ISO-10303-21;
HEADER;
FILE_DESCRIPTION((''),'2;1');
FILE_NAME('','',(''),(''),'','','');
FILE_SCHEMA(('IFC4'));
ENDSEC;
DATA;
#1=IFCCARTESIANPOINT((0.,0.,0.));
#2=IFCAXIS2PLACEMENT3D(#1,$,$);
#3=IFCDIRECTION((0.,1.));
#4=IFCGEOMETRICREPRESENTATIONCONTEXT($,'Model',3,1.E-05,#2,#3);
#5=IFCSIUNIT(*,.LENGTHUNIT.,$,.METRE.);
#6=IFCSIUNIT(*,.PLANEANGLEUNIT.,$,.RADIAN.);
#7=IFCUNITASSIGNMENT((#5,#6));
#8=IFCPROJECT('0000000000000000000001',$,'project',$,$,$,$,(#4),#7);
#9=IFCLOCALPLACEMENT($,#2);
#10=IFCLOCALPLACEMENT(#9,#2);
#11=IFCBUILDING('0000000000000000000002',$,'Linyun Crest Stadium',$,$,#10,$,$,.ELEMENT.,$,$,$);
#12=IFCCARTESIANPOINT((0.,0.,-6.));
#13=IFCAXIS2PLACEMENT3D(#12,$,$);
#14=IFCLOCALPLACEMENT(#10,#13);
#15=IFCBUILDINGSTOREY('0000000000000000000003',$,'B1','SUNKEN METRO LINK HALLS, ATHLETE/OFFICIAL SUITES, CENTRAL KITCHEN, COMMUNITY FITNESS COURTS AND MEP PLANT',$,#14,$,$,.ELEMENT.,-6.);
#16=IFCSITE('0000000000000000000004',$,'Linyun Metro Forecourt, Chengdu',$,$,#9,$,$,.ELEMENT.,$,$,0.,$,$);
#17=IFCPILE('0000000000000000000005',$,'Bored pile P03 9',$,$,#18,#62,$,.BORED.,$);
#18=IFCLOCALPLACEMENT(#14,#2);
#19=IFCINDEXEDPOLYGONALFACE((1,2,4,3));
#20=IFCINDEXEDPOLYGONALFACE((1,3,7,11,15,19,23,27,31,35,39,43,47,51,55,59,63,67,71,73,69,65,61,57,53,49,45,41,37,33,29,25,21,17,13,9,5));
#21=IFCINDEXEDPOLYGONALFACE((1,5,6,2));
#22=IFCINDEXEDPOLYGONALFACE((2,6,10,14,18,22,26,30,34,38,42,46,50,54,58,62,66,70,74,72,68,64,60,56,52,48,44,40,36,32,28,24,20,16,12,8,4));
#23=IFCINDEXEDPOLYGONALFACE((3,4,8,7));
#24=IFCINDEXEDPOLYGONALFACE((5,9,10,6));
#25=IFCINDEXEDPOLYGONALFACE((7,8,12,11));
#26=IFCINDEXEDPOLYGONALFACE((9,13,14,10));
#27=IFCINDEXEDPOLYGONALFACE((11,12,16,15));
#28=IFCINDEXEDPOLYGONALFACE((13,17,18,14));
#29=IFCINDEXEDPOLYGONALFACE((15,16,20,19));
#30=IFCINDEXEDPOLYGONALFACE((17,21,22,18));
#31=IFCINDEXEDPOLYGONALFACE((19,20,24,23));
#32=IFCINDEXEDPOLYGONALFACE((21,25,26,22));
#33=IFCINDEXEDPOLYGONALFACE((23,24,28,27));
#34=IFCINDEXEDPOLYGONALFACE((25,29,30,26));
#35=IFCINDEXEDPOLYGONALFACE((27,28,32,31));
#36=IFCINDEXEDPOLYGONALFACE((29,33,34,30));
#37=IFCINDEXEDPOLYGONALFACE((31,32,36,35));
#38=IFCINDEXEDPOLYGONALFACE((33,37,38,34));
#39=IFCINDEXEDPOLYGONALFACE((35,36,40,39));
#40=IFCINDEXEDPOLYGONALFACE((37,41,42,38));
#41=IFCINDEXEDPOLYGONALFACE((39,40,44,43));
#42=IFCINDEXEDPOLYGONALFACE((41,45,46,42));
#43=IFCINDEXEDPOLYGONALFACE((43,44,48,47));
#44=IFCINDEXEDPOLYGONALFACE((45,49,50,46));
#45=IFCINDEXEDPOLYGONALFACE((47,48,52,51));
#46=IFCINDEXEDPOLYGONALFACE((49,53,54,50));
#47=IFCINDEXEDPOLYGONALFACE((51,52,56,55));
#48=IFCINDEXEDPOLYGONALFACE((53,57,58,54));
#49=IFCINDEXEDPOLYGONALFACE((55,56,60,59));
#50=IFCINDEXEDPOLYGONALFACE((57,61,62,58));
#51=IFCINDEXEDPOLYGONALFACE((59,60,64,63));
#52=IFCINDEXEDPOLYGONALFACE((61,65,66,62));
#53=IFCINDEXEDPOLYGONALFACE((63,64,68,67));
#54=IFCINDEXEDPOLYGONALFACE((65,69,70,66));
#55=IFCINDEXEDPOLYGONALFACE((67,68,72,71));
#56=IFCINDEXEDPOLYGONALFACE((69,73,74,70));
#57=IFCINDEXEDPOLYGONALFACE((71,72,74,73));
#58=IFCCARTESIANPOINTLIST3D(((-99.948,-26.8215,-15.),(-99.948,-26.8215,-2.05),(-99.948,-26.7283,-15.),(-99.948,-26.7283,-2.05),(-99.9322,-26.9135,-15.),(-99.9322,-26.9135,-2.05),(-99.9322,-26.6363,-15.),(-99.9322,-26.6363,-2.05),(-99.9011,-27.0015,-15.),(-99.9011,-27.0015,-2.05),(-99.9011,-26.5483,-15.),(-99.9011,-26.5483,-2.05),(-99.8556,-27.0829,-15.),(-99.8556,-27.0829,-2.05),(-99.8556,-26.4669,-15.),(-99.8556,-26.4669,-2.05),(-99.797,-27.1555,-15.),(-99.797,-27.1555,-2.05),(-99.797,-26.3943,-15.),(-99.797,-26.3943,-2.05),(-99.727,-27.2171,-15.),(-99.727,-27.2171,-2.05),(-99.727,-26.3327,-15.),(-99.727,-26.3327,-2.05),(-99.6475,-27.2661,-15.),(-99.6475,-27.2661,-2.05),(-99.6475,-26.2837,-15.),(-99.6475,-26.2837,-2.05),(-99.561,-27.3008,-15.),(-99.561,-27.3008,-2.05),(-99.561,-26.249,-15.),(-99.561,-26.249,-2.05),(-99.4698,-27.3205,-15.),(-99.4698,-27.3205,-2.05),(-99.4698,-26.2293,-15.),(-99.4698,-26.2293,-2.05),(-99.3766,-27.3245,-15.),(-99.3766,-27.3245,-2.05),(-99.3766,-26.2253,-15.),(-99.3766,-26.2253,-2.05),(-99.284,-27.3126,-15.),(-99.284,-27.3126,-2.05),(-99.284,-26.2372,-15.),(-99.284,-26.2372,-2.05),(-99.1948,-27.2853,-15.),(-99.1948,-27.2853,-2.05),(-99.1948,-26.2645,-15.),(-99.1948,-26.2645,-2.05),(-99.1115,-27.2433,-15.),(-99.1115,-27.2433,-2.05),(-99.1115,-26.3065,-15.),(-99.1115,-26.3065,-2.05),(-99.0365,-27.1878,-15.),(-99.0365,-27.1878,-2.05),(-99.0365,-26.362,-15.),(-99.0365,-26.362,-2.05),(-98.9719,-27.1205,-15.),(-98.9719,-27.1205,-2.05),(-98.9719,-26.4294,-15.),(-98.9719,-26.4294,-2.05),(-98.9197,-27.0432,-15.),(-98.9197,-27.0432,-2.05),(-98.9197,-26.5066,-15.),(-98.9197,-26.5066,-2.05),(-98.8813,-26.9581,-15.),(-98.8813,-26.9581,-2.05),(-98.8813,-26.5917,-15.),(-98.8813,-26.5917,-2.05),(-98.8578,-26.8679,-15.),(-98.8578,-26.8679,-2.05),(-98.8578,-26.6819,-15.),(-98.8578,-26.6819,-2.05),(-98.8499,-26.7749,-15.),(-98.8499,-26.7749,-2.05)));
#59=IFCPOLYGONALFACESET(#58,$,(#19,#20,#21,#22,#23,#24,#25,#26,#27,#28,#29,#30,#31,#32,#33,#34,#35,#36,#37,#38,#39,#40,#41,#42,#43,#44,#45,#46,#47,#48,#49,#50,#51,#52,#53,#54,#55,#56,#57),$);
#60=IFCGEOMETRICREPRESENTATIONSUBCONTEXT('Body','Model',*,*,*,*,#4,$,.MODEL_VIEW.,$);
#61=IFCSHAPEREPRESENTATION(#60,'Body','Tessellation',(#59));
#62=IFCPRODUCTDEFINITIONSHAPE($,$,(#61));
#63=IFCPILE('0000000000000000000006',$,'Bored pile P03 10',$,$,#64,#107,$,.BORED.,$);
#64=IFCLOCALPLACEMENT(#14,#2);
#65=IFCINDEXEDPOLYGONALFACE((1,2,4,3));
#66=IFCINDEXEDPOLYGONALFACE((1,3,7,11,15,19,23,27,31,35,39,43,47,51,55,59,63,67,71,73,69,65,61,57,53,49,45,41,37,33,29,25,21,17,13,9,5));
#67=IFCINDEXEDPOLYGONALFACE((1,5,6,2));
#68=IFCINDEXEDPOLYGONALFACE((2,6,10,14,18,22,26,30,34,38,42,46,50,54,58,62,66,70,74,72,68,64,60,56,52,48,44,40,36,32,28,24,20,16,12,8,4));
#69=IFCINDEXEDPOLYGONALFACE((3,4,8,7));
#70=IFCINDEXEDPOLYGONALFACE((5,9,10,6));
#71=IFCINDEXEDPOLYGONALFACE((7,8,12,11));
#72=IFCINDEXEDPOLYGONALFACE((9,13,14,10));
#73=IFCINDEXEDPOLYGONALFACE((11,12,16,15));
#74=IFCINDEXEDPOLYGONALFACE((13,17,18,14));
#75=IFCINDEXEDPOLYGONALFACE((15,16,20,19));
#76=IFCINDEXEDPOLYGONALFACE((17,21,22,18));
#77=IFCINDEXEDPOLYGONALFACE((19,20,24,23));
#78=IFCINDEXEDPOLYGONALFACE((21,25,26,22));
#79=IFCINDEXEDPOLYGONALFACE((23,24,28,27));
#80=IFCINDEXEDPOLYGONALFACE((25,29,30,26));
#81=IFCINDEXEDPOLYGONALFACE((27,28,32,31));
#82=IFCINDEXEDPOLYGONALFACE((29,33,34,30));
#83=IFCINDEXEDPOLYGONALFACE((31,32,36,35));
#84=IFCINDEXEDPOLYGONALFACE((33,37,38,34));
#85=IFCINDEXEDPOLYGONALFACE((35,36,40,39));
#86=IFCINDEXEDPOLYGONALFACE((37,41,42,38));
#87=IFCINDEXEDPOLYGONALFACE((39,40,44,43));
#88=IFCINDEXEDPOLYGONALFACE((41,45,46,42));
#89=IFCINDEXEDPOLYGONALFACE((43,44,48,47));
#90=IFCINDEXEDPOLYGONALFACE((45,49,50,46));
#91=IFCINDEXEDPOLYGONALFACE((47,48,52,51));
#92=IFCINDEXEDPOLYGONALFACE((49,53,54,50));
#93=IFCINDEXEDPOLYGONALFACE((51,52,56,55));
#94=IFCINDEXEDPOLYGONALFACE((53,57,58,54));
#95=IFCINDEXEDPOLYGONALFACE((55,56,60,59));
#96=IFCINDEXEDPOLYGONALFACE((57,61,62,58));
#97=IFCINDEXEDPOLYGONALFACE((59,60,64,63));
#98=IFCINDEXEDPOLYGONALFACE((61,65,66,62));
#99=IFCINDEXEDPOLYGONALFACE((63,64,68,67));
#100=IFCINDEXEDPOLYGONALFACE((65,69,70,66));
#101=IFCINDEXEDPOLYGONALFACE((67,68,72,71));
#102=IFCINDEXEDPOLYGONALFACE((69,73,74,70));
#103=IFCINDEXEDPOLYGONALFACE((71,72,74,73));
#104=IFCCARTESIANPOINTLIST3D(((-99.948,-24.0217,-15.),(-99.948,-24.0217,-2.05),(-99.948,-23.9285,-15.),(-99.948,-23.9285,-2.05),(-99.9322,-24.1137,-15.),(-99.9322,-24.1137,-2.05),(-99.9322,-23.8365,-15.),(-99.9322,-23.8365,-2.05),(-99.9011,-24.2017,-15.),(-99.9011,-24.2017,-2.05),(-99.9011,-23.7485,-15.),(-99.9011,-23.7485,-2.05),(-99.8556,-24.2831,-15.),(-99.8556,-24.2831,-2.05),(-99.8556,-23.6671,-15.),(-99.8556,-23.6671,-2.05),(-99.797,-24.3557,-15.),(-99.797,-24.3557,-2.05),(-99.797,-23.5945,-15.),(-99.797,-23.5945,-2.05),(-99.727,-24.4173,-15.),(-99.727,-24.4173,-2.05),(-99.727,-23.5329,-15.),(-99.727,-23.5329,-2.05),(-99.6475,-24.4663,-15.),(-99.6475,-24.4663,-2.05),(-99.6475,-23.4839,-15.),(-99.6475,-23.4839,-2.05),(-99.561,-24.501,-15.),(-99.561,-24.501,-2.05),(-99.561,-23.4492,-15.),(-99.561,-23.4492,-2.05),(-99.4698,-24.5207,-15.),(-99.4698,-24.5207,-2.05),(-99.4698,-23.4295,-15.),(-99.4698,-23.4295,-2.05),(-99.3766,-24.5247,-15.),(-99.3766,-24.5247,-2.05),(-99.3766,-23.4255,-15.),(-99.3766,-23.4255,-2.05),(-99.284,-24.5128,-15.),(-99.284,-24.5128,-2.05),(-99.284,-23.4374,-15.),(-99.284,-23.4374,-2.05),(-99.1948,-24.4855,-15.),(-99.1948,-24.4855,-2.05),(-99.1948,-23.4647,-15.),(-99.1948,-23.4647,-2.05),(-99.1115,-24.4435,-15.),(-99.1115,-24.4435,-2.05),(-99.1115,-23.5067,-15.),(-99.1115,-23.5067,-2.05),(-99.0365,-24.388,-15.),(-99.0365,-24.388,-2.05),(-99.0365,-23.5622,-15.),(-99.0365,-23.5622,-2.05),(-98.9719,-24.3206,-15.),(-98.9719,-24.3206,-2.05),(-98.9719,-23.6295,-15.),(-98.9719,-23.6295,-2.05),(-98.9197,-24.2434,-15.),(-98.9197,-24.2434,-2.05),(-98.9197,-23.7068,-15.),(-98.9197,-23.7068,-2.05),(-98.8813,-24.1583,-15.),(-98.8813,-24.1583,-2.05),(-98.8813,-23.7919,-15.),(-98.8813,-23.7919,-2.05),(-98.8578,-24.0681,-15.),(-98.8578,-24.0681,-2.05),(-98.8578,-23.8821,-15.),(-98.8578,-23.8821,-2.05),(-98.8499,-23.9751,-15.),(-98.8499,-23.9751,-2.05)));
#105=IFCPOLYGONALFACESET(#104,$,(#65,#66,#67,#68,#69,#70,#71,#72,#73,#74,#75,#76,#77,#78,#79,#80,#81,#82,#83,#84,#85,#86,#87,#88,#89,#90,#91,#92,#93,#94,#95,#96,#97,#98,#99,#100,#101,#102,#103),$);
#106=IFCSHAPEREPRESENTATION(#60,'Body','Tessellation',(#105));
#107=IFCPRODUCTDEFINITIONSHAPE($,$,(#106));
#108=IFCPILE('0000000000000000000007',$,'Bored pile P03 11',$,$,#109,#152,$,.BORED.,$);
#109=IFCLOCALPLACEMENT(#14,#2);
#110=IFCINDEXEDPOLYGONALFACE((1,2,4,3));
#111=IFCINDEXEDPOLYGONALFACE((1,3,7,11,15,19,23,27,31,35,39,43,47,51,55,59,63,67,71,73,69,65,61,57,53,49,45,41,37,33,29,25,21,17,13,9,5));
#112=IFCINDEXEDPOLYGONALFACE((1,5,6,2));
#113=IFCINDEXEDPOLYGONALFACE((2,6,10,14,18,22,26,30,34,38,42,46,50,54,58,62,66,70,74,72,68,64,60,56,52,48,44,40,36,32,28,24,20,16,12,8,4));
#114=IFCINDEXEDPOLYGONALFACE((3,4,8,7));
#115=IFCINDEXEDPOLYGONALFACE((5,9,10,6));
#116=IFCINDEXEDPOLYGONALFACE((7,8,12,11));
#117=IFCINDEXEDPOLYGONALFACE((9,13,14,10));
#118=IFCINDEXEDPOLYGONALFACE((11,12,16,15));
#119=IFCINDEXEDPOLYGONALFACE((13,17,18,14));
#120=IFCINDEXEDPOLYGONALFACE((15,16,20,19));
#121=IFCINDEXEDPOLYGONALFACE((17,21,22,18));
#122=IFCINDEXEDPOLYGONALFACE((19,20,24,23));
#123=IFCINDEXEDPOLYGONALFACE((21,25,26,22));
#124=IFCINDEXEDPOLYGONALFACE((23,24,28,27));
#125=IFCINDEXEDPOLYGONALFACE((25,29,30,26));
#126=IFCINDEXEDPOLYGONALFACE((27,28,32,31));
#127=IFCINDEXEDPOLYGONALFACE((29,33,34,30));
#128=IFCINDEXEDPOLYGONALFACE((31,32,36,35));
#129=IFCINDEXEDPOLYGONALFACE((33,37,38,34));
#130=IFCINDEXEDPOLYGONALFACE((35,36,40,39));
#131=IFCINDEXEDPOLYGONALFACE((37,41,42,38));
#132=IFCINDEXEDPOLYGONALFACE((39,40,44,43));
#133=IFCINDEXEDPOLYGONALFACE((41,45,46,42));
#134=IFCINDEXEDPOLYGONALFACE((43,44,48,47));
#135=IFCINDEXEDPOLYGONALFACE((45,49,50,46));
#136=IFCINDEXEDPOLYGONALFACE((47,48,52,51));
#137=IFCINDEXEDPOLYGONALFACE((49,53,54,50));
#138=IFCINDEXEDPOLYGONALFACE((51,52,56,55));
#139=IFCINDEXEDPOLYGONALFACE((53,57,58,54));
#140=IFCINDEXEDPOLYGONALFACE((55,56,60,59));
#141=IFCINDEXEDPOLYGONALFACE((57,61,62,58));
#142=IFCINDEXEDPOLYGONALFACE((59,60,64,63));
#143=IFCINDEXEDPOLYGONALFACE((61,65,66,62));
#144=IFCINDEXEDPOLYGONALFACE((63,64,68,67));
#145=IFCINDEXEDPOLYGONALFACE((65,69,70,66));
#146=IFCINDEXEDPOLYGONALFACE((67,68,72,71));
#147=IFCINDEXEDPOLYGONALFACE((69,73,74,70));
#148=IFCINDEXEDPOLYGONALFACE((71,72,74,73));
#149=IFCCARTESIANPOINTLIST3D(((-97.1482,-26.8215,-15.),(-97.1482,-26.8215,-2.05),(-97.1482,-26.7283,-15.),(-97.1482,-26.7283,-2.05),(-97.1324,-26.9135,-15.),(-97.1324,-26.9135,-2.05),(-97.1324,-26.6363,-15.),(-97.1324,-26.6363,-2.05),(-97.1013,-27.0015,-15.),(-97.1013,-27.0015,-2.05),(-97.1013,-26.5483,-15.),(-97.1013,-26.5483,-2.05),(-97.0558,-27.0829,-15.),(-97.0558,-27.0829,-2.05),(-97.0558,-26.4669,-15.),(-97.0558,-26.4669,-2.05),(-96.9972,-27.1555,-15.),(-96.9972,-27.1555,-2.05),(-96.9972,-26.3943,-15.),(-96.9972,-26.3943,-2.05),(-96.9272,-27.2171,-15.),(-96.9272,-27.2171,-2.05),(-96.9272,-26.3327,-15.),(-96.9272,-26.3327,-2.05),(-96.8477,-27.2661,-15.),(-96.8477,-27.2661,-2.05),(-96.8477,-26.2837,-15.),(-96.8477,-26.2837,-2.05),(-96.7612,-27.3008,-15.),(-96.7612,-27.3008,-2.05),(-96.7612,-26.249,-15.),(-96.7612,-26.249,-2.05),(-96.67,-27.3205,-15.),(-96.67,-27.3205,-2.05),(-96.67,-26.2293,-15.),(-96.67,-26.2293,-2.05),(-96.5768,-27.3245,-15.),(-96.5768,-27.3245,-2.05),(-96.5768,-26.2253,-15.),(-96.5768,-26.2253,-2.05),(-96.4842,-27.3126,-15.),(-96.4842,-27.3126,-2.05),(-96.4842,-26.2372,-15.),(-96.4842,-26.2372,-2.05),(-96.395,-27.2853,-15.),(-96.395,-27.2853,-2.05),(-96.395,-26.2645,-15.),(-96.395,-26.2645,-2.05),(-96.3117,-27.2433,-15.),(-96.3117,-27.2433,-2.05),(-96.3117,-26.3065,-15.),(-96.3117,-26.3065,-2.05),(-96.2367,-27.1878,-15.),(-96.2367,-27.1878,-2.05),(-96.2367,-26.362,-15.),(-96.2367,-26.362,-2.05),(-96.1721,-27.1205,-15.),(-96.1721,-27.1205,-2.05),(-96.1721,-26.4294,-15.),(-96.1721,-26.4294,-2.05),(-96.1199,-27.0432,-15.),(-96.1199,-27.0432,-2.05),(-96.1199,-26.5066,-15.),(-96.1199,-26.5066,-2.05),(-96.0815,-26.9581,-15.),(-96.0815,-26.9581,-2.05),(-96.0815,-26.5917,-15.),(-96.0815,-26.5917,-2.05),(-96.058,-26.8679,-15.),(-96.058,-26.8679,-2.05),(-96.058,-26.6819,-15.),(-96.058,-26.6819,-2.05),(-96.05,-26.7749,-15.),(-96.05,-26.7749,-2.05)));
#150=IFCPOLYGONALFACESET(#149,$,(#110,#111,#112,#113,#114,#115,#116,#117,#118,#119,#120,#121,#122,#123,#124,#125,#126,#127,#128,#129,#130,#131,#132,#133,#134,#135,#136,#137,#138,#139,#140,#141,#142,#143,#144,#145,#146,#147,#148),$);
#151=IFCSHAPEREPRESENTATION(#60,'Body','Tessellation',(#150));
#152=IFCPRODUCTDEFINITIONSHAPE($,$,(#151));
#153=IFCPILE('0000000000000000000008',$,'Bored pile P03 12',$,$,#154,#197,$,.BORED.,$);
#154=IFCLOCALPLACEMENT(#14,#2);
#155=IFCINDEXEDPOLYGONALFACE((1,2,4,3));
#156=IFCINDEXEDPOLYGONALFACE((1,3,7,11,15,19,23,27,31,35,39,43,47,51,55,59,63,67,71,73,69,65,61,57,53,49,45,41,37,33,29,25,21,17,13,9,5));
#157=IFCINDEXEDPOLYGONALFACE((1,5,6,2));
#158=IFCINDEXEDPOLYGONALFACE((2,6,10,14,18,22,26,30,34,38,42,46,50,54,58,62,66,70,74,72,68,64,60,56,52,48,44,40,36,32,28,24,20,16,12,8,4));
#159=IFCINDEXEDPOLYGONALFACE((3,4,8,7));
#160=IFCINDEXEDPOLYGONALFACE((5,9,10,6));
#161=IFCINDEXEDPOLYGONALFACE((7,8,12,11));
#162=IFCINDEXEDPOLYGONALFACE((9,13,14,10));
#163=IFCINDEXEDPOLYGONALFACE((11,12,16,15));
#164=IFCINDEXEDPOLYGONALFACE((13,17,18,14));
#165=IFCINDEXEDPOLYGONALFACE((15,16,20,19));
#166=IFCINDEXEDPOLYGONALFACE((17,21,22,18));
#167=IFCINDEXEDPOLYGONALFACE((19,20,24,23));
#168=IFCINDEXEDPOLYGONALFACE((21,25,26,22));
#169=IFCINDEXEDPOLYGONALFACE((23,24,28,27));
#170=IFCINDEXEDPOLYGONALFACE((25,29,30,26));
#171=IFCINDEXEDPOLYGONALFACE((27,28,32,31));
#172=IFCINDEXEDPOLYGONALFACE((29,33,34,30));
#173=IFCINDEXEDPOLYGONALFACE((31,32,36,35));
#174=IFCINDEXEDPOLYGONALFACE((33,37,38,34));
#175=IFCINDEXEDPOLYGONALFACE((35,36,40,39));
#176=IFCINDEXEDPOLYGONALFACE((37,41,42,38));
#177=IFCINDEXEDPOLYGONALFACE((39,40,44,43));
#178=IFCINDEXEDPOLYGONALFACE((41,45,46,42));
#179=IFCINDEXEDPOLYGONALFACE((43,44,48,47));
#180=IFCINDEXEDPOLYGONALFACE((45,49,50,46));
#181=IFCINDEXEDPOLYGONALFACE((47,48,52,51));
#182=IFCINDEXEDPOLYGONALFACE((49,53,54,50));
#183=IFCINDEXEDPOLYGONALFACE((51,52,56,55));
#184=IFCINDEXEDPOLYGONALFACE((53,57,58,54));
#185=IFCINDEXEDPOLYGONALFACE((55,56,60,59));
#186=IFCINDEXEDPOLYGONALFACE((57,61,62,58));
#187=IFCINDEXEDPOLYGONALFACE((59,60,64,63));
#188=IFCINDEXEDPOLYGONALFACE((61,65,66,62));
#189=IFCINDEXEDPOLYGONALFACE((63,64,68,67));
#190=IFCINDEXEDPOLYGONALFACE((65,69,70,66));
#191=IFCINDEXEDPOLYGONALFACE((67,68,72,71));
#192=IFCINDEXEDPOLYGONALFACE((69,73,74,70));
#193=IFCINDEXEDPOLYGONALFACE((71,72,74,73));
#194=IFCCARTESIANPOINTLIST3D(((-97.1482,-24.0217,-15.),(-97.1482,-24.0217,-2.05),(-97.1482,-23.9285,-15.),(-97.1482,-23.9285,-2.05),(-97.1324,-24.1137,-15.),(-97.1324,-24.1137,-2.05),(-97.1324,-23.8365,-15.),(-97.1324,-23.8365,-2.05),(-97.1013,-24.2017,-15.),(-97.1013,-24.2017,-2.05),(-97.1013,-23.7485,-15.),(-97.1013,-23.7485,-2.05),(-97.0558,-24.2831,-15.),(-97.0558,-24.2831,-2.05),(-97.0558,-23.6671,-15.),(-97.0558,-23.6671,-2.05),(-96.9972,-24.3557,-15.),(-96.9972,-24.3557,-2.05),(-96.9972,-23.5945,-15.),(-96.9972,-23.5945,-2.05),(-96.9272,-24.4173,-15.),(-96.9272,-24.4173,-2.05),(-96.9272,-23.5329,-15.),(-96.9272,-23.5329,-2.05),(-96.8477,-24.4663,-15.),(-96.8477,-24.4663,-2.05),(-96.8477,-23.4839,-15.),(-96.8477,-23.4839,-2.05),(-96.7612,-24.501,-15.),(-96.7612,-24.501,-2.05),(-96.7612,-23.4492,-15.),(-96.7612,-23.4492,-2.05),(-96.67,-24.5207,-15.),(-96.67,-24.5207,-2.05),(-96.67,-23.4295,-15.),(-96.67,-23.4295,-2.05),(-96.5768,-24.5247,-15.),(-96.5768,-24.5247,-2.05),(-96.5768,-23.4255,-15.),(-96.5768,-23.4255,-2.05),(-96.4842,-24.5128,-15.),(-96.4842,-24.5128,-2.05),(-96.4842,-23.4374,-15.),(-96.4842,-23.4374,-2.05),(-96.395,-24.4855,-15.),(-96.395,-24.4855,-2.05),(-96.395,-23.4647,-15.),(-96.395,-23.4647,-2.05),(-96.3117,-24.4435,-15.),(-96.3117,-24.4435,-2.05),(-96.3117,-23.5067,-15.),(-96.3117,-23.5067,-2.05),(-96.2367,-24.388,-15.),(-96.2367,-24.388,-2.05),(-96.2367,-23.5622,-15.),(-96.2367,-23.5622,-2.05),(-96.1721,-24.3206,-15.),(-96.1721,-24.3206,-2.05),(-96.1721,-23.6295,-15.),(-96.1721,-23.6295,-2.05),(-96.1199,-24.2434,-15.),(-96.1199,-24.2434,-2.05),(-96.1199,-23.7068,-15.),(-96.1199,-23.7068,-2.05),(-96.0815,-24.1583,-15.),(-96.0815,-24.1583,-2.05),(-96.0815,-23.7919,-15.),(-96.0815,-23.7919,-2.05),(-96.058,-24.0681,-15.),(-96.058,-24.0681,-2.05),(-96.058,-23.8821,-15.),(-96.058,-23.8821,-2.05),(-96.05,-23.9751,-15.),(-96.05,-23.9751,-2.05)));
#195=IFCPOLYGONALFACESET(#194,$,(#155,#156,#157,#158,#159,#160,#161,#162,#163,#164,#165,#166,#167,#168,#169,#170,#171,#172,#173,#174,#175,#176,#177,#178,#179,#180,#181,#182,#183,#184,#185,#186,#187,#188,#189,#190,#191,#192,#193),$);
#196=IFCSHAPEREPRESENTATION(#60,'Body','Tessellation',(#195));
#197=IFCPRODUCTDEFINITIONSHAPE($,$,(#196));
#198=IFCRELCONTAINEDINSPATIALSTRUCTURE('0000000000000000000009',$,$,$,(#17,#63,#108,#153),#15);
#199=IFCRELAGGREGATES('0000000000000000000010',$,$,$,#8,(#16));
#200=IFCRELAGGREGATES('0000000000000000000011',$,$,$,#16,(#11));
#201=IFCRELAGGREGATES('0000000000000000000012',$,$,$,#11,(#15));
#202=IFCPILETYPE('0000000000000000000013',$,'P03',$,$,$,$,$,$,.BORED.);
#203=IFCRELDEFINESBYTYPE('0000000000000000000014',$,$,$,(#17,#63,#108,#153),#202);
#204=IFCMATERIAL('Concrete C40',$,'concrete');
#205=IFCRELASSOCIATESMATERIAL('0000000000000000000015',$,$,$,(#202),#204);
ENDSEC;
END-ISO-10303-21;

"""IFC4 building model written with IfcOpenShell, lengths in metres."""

from ifc_helpers import new_model, si_unit, direction, frame, origin, origin_2d, place, context, subcontext, project, spatial, circle, extrude, material, material_profile, profile_set, type_object, element, save


model = new_model("IFC4")

# Units and contexts
model_context = context("Model", 3, precision=1e-05, world=origin(), true_north=direction((0.0, 1.0)))
body_context = subcontext(model_context, "Body", "Model", "MODEL_VIEW")
ifc_project = project(units=[si_unit("LENGTHUNIT", "METRE"), si_unit("PLANEANGLEUNIT", "RADIAN")], contexts=[model_context])

# Site, building, storey
site_placement = place(None, origin())
site = spatial("IfcSite", under=ifc_project, at=site_placement, Name="Linyun Metro Forecourt, Chengdu", CompositionType="ELEMENT", RefElevation=0.0)
building_placement = place(site_placement, origin())
building = spatial("IfcBuilding", under=site, at=building_placement, Name="Linyun Crest Stadium", CompositionType="ELEMENT")
storey_placement = place(building_placement, frame((0.0, 0.0, -6.0)))
storey = spatial("IfcBuildingStorey", under=building, at=storey_placement, Name="B1", Description="SUNKEN METRO LINK HALLS, ATHLETE/OFFICIAL SUITES, CENTRAL KITCHEN, COMMUNITY FITNESS COURTS AND MEP PLANT", CompositionType="ELEMENT", Elevation=-6.0)

# Piles
ifc_material_1 = material(Name="Concrete C40", Category="concrete")
ifc_material_profile_1 = material_profile(ifc_material_1, circle(Radius=0.55, at=origin_2d()), Name="BORED PILE 1100")
ifc_profile_set_1 = profile_set([ifc_material_profile_1], Name="Concrete C40")
pile_type = type_object("IfcPileType", Name="P03", PredefinedType="BORED", material=ifc_profile_set_1)
for number, where, z_axis, x_axis, name in (
    (1, (-99.3999, -26.7749, -2.05), (0.0, 0.0, -1.0), (1.0, 0.0, 0.0), "Bored pile P03 9"),
    (2, (-99.3999, -23.9751, -2.05), (0.0, 0.0, -1.0), (1.0, 0.0, 0.0), "Bored pile P03 10"),
    (3, (-96.6001, -26.7749, -2.05), (0.0, 0.0, -1.0), (1.0, 0.0, 0.0), "Bored pile P03 11"),
    (4, (-96.6001, -23.9751, -2.05), (0.0, 0.0, -1.0), (1.0, 0.0, 0.0), "Bored pile P03 12"),
):
    element("IfcPile", number, at=place(storey_placement, frame(where, z_axis=z_axis, x_axis=x_axis)), inside=storey, type_object=pile_type, Name=name, PredefinedType="BORED", context=body_context, shape_type="SweptSolid", body=[
        extrude(circle(Radius=0.55, at=origin_2d()), origin(), (0.0, 0.0, 1.0), 12.95),
    ])

save(model, "model.ifc")
